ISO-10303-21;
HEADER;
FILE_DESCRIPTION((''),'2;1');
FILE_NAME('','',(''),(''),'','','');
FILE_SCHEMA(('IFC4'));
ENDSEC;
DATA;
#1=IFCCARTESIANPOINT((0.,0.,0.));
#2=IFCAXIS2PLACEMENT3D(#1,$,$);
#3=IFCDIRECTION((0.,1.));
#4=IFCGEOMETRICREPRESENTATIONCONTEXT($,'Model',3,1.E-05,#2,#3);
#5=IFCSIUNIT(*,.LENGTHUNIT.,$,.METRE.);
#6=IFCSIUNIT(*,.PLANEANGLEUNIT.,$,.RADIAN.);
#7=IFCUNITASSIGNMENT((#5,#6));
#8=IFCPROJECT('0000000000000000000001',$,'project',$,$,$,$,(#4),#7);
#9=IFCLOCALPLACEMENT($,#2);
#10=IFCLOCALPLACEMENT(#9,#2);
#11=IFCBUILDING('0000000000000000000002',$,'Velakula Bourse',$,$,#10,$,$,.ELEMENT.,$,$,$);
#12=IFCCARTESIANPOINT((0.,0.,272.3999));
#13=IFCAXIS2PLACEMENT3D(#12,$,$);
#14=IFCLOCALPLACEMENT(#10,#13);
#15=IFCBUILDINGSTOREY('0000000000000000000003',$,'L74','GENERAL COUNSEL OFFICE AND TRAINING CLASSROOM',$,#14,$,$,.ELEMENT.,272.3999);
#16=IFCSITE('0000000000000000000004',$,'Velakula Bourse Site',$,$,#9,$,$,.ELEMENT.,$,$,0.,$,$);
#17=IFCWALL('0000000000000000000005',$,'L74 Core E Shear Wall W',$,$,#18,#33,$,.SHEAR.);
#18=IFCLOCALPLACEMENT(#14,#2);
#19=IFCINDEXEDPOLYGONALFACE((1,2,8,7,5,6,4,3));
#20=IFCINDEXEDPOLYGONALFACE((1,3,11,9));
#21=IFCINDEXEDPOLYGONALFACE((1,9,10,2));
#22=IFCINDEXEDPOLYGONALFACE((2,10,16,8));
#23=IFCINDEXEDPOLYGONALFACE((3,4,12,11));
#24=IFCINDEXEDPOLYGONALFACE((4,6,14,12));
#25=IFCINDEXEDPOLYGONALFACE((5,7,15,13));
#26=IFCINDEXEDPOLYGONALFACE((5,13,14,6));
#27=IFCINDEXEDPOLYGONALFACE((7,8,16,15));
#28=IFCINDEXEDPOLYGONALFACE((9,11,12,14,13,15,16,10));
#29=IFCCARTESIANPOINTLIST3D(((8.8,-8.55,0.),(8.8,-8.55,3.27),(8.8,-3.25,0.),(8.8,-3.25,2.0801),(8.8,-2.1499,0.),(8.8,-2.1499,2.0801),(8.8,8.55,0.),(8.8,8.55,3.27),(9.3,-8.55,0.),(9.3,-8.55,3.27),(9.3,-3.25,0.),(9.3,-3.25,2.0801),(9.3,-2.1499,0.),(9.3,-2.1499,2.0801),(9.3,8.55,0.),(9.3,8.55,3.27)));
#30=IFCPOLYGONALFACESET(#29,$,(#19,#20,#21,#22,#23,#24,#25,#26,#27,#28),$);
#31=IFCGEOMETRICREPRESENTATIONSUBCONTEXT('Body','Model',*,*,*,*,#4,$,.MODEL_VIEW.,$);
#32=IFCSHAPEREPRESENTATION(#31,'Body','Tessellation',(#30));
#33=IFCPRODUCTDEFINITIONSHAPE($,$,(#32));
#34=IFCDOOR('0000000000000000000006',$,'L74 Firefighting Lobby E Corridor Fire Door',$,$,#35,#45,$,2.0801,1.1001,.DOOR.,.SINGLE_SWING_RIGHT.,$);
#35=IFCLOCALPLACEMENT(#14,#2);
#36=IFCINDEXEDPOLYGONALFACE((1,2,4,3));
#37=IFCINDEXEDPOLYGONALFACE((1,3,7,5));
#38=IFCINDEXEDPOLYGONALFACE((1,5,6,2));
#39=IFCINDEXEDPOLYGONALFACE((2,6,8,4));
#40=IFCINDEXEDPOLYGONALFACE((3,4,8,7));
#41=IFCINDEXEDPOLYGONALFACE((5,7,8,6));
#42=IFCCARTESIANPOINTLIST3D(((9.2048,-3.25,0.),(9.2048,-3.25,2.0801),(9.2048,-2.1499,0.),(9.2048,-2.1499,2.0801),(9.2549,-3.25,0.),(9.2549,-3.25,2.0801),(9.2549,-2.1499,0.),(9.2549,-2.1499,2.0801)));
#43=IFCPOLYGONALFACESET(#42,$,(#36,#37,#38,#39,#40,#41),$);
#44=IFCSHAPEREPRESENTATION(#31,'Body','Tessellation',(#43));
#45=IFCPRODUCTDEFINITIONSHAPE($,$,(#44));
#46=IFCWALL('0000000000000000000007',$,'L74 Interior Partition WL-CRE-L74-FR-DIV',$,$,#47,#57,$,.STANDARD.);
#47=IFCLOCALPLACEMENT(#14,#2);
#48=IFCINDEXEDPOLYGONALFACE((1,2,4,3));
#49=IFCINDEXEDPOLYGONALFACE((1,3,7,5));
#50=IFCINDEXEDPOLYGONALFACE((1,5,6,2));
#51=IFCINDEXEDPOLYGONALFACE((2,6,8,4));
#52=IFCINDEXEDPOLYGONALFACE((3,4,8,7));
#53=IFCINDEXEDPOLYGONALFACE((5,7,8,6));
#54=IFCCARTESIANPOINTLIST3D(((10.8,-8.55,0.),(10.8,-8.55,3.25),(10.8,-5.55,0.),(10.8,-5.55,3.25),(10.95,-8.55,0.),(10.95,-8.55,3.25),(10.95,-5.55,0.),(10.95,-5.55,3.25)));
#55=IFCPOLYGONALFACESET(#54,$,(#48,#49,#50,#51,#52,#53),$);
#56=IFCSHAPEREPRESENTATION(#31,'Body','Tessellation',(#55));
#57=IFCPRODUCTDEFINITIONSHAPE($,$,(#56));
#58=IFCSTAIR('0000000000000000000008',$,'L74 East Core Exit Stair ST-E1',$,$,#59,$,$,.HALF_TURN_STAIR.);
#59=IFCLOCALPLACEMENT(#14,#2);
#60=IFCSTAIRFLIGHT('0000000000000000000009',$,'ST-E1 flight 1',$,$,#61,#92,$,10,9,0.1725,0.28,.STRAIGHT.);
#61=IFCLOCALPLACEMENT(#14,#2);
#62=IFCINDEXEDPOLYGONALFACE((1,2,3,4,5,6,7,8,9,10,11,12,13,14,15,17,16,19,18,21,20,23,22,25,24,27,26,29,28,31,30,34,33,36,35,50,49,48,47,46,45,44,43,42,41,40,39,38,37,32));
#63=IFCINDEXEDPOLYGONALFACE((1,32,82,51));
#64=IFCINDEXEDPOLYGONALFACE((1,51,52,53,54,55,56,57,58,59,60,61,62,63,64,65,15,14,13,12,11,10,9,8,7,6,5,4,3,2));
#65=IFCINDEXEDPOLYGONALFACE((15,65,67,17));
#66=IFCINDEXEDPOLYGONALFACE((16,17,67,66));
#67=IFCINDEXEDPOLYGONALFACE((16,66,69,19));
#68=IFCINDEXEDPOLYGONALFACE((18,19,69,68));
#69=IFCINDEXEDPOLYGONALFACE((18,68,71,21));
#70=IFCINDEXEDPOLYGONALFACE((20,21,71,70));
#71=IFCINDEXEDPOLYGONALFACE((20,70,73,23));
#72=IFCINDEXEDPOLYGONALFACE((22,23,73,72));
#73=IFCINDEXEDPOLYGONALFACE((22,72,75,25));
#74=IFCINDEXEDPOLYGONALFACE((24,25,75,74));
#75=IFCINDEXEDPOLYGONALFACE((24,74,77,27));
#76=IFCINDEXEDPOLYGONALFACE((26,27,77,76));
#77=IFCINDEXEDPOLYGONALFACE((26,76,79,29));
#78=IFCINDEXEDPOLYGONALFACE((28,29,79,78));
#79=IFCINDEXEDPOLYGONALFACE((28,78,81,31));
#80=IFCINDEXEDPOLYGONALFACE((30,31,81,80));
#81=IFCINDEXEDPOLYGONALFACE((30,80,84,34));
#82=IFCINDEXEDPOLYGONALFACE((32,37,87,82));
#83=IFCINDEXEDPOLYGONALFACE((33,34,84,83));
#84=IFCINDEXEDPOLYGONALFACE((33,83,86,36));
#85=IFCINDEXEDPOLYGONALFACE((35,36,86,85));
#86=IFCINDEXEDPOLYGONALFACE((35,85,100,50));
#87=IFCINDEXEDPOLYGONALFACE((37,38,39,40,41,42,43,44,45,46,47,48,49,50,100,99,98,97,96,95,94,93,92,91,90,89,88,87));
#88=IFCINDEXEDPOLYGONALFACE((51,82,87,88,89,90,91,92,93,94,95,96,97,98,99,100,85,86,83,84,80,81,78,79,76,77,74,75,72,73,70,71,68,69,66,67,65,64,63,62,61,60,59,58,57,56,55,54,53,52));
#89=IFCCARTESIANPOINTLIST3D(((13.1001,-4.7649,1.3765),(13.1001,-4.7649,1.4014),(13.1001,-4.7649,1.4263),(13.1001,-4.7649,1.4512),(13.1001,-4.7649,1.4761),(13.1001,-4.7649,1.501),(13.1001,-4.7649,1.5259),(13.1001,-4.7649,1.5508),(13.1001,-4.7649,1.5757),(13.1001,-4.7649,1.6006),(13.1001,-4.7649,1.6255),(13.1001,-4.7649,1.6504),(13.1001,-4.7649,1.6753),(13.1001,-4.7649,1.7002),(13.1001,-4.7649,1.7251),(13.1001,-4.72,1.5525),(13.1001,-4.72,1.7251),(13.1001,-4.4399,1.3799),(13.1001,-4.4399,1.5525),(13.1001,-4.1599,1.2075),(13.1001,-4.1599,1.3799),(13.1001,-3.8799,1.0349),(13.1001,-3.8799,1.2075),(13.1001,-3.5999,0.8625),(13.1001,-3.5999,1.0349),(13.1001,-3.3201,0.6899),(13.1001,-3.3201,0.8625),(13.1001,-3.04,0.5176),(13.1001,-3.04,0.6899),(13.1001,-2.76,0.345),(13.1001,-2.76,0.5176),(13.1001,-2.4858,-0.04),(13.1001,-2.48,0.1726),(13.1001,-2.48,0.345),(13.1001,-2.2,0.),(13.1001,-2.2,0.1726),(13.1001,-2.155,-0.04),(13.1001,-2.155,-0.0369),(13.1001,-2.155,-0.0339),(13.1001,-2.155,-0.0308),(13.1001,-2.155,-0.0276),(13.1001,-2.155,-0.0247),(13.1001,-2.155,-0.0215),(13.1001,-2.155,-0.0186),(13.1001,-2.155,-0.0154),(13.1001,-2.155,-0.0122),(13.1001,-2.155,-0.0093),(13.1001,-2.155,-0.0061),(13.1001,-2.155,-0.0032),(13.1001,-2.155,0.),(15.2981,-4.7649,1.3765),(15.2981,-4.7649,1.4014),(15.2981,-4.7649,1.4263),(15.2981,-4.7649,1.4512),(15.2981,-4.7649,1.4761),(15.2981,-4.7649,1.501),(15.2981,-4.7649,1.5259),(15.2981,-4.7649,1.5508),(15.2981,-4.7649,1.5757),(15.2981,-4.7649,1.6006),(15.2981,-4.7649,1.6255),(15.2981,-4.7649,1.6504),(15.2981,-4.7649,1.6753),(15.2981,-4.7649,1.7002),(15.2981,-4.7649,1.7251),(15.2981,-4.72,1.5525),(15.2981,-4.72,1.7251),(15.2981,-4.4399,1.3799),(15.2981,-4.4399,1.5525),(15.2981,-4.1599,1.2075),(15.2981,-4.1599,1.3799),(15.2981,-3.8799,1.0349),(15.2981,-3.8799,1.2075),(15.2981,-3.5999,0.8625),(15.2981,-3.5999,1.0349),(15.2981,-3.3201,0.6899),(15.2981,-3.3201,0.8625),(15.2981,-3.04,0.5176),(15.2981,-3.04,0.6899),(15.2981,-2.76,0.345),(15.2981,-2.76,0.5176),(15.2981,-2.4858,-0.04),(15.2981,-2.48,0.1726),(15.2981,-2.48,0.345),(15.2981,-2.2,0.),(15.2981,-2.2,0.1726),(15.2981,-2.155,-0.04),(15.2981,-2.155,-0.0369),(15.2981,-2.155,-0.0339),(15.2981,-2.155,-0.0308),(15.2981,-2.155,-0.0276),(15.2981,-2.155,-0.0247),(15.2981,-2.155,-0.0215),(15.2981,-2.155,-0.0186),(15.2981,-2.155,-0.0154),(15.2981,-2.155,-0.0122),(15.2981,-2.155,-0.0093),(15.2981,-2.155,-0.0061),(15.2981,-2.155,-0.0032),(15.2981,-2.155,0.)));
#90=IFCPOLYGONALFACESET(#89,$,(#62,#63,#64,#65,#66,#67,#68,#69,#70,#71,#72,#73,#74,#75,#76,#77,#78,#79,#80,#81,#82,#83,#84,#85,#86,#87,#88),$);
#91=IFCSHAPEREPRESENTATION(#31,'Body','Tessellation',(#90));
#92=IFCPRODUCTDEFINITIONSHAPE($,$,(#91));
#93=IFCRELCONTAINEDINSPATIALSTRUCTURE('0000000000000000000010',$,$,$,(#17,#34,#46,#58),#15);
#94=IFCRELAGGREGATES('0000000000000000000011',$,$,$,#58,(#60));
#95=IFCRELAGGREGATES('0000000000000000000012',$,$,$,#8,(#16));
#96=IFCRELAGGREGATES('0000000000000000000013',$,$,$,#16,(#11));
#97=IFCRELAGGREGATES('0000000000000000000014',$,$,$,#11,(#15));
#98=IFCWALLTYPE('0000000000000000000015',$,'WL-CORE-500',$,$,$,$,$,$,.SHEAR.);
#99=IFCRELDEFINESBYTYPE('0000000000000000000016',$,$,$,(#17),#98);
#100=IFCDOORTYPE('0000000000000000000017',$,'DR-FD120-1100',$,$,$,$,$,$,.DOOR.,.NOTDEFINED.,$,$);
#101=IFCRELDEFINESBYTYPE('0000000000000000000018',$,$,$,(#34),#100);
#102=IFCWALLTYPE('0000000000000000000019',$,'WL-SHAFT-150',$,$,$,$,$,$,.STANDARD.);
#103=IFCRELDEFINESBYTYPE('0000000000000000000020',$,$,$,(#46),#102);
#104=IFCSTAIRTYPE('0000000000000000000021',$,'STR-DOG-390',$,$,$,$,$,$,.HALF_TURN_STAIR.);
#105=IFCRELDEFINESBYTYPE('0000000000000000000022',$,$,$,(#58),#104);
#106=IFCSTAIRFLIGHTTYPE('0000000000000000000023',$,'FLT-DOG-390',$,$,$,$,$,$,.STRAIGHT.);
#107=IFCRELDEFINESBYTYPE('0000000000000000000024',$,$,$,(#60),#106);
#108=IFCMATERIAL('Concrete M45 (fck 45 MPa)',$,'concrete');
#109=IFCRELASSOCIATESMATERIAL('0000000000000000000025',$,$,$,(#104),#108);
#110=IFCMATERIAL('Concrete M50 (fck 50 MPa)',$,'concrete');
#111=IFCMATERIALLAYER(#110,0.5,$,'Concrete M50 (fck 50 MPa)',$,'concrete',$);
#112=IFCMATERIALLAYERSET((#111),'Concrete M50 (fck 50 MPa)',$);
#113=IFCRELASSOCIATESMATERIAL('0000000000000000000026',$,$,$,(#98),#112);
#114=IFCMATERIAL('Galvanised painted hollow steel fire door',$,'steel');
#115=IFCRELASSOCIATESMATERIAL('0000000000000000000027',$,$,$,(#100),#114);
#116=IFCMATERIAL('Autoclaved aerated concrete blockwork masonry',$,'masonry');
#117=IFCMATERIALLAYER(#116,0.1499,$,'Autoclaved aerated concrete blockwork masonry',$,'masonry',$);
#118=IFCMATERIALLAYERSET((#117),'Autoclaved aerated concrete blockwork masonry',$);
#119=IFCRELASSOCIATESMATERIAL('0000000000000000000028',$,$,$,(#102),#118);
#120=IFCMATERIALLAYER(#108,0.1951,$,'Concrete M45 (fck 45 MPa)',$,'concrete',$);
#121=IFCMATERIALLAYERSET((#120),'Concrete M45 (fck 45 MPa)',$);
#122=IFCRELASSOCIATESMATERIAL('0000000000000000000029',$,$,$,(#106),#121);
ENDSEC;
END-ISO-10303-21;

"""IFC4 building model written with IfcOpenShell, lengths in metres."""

from ifc_helpers import new_model, si_unit, direction, frame, frame_2d, origin, place, context, subcontext, project, spatial, polyline, rectangle, outline, extrude, material, layer, layer_set, type_object, element, fill, aggregate, save


model = new_model("IFC4")

# Units and contexts
model_context = context("Model", 3, precision=1e-05, world=origin(), true_north=direction((0.0, 1.0)))
body_context = subcontext(model_context, "Body", "Model", "MODEL_VIEW")
ifc_project = project(units=[si_unit("LENGTHUNIT", "METRE"), si_unit("PLANEANGLEUNIT", "RADIAN")], contexts=[model_context])

# Site, building, storey
site_placement = place(None, origin())
site = spatial("IfcSite", under=ifc_project, at=site_placement, Name="Velakula Bourse Site", CompositionType="ELEMENT", RefElevation=0.0)
building_placement = place(site_placement, origin())
building = spatial("IfcBuilding", under=site, at=building_placement, Name="Velakula Bourse", CompositionType="ELEMENT")
storey_placement = place(building_placement, frame((0.0, 0.0, 272.3999)))
storey = spatial("IfcBuildingStorey", under=building, at=storey_placement, Name="L74", Description="GENERAL COUNSEL OFFICE AND TRAINING CLASSROOM", CompositionType="ELEMENT", Elevation=272.3999)

# Shared definitions
ifc_material_1 = material(Name="Concrete M50 (fck 50 MPa)", Category="concrete")

# Shared definitions
ifc_material_2 = material(Name="Concrete M45 (fck 45 MPa)", Category="concrete")
stair_type = type_object("IfcStairType", Name="STR-DOG-390", PredefinedType="HALF_TURN_STAIR", material=ifc_material_2)

# Shared definitions
ifc_material_3 = material(Name="Galvanised painted hollow steel fire door", Category="steel")

# Wall, opening, door
ifc_layer_1 = layer(ifc_material_1, 0.5, Name="Concrete M50 (fck 50 MPa)", Category="concrete")
ifc_layer_set_1 = layer_set([ifc_layer_1], Name="Concrete M50 (fck 50 MPa)")
wall_type_1 = type_object("IfcWallType", Name="WL-CORE-500", PredefinedType="SHEAR", material=ifc_layer_set_1)
wall_1_placement = place(storey_placement, frame((9.05, -8.55, 0.0), z_axis=(0.0, 0.0, 1.0), x_axis=(0.0, 1.0, 0.0)))
wall_1 = element("IfcWall", 1, at=wall_1_placement, inside=storey, type_object=wall_type_1, Name="L74 Core E Shear Wall W", PredefinedType="SHEAR", context=body_context, shape_type="SweptSolid", body=[
    extrude(rectangle(XDim=17.1001, YDim=0.5, at=frame_2d((8.55, 0.0))), origin(), (0.0, 0.0, 1.0), 3.27),
])
opening_1_placement = place(wall_1_placement, frame((5.3, 0.0, 0.0)))
opening_1 = element("IfcOpeningElement", 2, at=opening_1_placement, cuts=wall_1, PredefinedType="OPENING", context=body_context, shape_type="SweptSolid", body=[
    extrude(rectangle(XDim=1.1001, YDim=2.0801, at=frame_2d((0.55, 1.04))), frame((0.0, 0.26, 0.0), z_axis=(0.0, -1.0, 0.0), x_axis=(1.0, 0.0, 0.0)), (0.0, 0.0, 1.0), 0.52),
])
door_type_1 = type_object("IfcDoorType", Name="DR-FD120-1100", OperationType="NOTDEFINED", PredefinedType="DOOR", material=ifc_material_3)
door_1_placement = place(opening_1_placement, origin())
door_1 = element("IfcDoor", 3, at=door_1_placement, inside=storey, type_object=door_type_1, Name="L74 Firefighting Lobby E Corridor Fire Door", OperationType="SINGLE_SWING_RIGHT", OverallHeight=2.0801, OverallWidth=1.1001, PredefinedType="DOOR", context=body_context, shape_type="SweptSolid", body=[
    extrude(rectangle(XDim=1.1001, YDim=2.0801, at=frame_2d((0.55, 1.04))), frame((0.0, -0.1548, 0.0), z_axis=(0.0, -1.0, 0.0), x_axis=(1.0, 0.0, 0.0)), (0.0, 0.0, 1.0), 0.05),
])
fill(opening_1, door_1)

# Shared definitions
ifc_material_4 = material(Name="Autoclaved aerated concrete blockwork masonry", Category="masonry")
ifc_layer_2 = layer(ifc_material_4, 0.1499, Name="Autoclaved aerated concrete blockwork masonry", Category="masonry")
ifc_layer_set_2 = layer_set([ifc_layer_2], Name="Autoclaved aerated concrete blockwork masonry")
wall_type_2 = type_object("IfcWallType", Name="WL-SHAFT-150", PredefinedType="STANDARD", material=ifc_layer_set_2)

# Wall
wall_2_placement = place(storey_placement, frame((10.875, -8.55, 0.0), z_axis=(0.0, 0.0, 1.0), x_axis=(0.0, 1.0, 0.0)))
element("IfcWall", 4, at=wall_2_placement, inside=storey, type_object=wall_type_2, Name="L74 Interior Partition WL-CRE-L74-FR-DIV", PredefinedType="STANDARD", context=body_context, shape_type="SweptSolid", body=[
    extrude(rectangle(XDim=3.0, YDim=0.1499, at=frame_2d((1.5, 0.0))), origin(), (0.0, 0.0, 1.0), 3.25),
])

# Stair, stair flight
stair_1_placement = place(storey_placement, origin())
stair_1 = element("IfcStair", 5, at=stair_1_placement, inside=storey, type_object=stair_type, Name="L74 East Core Exit Stair ST-E1", PredefinedType="HALF_TURN_STAIR")
ifc_layer_3 = layer(ifc_material_2, 0.1951, Name="Concrete M45 (fck 45 MPa)", Category="concrete")
ifc_layer_set_3 = layer_set([ifc_layer_3], Name="Concrete M45 (fck 45 MPa)")
stair_flight_type = type_object("IfcStairFlightType", Name="FLT-DOG-390", PredefinedType="STRAIGHT", material=ifc_layer_set_3)
stair_flight_placement = place(storey_placement, frame((14.199, -2.2, 0.0), z_axis=(0.0, 0.0, 1.0), x_axis=(0.0, -1.0, 0.0)))
stair_flight = element("IfcStairFlight", 6, at=stair_flight_placement, type_object=stair_flight_type, Name="ST-E1 flight 1", NumberOfRisers=10, NumberOfTreads=9, PredefinedType="STRAIGHT", RiserHeight=0.1725, TreadLength=0.28, context=body_context, shape_type="SweptSolid", body=[
    extrude(outline(polyline([(-0.0449, -0.04), (-0.0449, -0.0369), (-0.0449, -0.0339), (-0.0449, -0.0308), (-0.0449, -0.0276), (-0.0449, -0.0247), (-0.0449, -0.0215), (-0.0449, -0.0186), (-0.0449, -0.0154), (-0.0449, -0.0122), (-0.0449, -0.0093), (-0.0449, -0.0061), (-0.0449, -0.0032), (-0.0449, 0.0), (0.0, 0.0), (0.0, 0.1726), (0.28, 0.1726), (0.28, 0.345), (0.5601, 0.345), (0.5601, 0.5176), (0.8401, 0.5176), (0.8401, 0.6899), (1.1201, 0.6899), (1.1201, 0.8625), (1.3999, 0.8625), (1.3999, 1.0349), (1.6799, 1.0349), (1.6799, 1.2075), (1.96, 1.2075), (1.96, 1.3799), (2.24, 1.3799), (2.24, 1.5525), (2.52, 1.5525), (2.52, 1.7251), (2.5649, 1.7251), (2.5649, 1.7002), (2.5649, 1.6753), (2.5649, 1.6504), (2.5649, 1.6255), (2.5649, 1.6006), (2.5649, 1.5757), (2.5649, 1.5508), (2.5649, 1.5259), (2.5649, 1.501), (2.5649, 1.4761), (2.5649, 1.4512), (2.5649, 1.4263), (2.5649, 1.4014), (2.5649, 1.3765), (0.2859, -0.04), (-0.0449, -0.04)])), frame((0.0, 1.0991, 0.0), z_axis=(0.0, -1.0, 0.0), x_axis=(1.0, 0.0, 0.0)), (0.0, 0.0, 1.0), 2.198),
])
aggregate(stair_1, [stair_flight])

save(model, "model.ifc")
